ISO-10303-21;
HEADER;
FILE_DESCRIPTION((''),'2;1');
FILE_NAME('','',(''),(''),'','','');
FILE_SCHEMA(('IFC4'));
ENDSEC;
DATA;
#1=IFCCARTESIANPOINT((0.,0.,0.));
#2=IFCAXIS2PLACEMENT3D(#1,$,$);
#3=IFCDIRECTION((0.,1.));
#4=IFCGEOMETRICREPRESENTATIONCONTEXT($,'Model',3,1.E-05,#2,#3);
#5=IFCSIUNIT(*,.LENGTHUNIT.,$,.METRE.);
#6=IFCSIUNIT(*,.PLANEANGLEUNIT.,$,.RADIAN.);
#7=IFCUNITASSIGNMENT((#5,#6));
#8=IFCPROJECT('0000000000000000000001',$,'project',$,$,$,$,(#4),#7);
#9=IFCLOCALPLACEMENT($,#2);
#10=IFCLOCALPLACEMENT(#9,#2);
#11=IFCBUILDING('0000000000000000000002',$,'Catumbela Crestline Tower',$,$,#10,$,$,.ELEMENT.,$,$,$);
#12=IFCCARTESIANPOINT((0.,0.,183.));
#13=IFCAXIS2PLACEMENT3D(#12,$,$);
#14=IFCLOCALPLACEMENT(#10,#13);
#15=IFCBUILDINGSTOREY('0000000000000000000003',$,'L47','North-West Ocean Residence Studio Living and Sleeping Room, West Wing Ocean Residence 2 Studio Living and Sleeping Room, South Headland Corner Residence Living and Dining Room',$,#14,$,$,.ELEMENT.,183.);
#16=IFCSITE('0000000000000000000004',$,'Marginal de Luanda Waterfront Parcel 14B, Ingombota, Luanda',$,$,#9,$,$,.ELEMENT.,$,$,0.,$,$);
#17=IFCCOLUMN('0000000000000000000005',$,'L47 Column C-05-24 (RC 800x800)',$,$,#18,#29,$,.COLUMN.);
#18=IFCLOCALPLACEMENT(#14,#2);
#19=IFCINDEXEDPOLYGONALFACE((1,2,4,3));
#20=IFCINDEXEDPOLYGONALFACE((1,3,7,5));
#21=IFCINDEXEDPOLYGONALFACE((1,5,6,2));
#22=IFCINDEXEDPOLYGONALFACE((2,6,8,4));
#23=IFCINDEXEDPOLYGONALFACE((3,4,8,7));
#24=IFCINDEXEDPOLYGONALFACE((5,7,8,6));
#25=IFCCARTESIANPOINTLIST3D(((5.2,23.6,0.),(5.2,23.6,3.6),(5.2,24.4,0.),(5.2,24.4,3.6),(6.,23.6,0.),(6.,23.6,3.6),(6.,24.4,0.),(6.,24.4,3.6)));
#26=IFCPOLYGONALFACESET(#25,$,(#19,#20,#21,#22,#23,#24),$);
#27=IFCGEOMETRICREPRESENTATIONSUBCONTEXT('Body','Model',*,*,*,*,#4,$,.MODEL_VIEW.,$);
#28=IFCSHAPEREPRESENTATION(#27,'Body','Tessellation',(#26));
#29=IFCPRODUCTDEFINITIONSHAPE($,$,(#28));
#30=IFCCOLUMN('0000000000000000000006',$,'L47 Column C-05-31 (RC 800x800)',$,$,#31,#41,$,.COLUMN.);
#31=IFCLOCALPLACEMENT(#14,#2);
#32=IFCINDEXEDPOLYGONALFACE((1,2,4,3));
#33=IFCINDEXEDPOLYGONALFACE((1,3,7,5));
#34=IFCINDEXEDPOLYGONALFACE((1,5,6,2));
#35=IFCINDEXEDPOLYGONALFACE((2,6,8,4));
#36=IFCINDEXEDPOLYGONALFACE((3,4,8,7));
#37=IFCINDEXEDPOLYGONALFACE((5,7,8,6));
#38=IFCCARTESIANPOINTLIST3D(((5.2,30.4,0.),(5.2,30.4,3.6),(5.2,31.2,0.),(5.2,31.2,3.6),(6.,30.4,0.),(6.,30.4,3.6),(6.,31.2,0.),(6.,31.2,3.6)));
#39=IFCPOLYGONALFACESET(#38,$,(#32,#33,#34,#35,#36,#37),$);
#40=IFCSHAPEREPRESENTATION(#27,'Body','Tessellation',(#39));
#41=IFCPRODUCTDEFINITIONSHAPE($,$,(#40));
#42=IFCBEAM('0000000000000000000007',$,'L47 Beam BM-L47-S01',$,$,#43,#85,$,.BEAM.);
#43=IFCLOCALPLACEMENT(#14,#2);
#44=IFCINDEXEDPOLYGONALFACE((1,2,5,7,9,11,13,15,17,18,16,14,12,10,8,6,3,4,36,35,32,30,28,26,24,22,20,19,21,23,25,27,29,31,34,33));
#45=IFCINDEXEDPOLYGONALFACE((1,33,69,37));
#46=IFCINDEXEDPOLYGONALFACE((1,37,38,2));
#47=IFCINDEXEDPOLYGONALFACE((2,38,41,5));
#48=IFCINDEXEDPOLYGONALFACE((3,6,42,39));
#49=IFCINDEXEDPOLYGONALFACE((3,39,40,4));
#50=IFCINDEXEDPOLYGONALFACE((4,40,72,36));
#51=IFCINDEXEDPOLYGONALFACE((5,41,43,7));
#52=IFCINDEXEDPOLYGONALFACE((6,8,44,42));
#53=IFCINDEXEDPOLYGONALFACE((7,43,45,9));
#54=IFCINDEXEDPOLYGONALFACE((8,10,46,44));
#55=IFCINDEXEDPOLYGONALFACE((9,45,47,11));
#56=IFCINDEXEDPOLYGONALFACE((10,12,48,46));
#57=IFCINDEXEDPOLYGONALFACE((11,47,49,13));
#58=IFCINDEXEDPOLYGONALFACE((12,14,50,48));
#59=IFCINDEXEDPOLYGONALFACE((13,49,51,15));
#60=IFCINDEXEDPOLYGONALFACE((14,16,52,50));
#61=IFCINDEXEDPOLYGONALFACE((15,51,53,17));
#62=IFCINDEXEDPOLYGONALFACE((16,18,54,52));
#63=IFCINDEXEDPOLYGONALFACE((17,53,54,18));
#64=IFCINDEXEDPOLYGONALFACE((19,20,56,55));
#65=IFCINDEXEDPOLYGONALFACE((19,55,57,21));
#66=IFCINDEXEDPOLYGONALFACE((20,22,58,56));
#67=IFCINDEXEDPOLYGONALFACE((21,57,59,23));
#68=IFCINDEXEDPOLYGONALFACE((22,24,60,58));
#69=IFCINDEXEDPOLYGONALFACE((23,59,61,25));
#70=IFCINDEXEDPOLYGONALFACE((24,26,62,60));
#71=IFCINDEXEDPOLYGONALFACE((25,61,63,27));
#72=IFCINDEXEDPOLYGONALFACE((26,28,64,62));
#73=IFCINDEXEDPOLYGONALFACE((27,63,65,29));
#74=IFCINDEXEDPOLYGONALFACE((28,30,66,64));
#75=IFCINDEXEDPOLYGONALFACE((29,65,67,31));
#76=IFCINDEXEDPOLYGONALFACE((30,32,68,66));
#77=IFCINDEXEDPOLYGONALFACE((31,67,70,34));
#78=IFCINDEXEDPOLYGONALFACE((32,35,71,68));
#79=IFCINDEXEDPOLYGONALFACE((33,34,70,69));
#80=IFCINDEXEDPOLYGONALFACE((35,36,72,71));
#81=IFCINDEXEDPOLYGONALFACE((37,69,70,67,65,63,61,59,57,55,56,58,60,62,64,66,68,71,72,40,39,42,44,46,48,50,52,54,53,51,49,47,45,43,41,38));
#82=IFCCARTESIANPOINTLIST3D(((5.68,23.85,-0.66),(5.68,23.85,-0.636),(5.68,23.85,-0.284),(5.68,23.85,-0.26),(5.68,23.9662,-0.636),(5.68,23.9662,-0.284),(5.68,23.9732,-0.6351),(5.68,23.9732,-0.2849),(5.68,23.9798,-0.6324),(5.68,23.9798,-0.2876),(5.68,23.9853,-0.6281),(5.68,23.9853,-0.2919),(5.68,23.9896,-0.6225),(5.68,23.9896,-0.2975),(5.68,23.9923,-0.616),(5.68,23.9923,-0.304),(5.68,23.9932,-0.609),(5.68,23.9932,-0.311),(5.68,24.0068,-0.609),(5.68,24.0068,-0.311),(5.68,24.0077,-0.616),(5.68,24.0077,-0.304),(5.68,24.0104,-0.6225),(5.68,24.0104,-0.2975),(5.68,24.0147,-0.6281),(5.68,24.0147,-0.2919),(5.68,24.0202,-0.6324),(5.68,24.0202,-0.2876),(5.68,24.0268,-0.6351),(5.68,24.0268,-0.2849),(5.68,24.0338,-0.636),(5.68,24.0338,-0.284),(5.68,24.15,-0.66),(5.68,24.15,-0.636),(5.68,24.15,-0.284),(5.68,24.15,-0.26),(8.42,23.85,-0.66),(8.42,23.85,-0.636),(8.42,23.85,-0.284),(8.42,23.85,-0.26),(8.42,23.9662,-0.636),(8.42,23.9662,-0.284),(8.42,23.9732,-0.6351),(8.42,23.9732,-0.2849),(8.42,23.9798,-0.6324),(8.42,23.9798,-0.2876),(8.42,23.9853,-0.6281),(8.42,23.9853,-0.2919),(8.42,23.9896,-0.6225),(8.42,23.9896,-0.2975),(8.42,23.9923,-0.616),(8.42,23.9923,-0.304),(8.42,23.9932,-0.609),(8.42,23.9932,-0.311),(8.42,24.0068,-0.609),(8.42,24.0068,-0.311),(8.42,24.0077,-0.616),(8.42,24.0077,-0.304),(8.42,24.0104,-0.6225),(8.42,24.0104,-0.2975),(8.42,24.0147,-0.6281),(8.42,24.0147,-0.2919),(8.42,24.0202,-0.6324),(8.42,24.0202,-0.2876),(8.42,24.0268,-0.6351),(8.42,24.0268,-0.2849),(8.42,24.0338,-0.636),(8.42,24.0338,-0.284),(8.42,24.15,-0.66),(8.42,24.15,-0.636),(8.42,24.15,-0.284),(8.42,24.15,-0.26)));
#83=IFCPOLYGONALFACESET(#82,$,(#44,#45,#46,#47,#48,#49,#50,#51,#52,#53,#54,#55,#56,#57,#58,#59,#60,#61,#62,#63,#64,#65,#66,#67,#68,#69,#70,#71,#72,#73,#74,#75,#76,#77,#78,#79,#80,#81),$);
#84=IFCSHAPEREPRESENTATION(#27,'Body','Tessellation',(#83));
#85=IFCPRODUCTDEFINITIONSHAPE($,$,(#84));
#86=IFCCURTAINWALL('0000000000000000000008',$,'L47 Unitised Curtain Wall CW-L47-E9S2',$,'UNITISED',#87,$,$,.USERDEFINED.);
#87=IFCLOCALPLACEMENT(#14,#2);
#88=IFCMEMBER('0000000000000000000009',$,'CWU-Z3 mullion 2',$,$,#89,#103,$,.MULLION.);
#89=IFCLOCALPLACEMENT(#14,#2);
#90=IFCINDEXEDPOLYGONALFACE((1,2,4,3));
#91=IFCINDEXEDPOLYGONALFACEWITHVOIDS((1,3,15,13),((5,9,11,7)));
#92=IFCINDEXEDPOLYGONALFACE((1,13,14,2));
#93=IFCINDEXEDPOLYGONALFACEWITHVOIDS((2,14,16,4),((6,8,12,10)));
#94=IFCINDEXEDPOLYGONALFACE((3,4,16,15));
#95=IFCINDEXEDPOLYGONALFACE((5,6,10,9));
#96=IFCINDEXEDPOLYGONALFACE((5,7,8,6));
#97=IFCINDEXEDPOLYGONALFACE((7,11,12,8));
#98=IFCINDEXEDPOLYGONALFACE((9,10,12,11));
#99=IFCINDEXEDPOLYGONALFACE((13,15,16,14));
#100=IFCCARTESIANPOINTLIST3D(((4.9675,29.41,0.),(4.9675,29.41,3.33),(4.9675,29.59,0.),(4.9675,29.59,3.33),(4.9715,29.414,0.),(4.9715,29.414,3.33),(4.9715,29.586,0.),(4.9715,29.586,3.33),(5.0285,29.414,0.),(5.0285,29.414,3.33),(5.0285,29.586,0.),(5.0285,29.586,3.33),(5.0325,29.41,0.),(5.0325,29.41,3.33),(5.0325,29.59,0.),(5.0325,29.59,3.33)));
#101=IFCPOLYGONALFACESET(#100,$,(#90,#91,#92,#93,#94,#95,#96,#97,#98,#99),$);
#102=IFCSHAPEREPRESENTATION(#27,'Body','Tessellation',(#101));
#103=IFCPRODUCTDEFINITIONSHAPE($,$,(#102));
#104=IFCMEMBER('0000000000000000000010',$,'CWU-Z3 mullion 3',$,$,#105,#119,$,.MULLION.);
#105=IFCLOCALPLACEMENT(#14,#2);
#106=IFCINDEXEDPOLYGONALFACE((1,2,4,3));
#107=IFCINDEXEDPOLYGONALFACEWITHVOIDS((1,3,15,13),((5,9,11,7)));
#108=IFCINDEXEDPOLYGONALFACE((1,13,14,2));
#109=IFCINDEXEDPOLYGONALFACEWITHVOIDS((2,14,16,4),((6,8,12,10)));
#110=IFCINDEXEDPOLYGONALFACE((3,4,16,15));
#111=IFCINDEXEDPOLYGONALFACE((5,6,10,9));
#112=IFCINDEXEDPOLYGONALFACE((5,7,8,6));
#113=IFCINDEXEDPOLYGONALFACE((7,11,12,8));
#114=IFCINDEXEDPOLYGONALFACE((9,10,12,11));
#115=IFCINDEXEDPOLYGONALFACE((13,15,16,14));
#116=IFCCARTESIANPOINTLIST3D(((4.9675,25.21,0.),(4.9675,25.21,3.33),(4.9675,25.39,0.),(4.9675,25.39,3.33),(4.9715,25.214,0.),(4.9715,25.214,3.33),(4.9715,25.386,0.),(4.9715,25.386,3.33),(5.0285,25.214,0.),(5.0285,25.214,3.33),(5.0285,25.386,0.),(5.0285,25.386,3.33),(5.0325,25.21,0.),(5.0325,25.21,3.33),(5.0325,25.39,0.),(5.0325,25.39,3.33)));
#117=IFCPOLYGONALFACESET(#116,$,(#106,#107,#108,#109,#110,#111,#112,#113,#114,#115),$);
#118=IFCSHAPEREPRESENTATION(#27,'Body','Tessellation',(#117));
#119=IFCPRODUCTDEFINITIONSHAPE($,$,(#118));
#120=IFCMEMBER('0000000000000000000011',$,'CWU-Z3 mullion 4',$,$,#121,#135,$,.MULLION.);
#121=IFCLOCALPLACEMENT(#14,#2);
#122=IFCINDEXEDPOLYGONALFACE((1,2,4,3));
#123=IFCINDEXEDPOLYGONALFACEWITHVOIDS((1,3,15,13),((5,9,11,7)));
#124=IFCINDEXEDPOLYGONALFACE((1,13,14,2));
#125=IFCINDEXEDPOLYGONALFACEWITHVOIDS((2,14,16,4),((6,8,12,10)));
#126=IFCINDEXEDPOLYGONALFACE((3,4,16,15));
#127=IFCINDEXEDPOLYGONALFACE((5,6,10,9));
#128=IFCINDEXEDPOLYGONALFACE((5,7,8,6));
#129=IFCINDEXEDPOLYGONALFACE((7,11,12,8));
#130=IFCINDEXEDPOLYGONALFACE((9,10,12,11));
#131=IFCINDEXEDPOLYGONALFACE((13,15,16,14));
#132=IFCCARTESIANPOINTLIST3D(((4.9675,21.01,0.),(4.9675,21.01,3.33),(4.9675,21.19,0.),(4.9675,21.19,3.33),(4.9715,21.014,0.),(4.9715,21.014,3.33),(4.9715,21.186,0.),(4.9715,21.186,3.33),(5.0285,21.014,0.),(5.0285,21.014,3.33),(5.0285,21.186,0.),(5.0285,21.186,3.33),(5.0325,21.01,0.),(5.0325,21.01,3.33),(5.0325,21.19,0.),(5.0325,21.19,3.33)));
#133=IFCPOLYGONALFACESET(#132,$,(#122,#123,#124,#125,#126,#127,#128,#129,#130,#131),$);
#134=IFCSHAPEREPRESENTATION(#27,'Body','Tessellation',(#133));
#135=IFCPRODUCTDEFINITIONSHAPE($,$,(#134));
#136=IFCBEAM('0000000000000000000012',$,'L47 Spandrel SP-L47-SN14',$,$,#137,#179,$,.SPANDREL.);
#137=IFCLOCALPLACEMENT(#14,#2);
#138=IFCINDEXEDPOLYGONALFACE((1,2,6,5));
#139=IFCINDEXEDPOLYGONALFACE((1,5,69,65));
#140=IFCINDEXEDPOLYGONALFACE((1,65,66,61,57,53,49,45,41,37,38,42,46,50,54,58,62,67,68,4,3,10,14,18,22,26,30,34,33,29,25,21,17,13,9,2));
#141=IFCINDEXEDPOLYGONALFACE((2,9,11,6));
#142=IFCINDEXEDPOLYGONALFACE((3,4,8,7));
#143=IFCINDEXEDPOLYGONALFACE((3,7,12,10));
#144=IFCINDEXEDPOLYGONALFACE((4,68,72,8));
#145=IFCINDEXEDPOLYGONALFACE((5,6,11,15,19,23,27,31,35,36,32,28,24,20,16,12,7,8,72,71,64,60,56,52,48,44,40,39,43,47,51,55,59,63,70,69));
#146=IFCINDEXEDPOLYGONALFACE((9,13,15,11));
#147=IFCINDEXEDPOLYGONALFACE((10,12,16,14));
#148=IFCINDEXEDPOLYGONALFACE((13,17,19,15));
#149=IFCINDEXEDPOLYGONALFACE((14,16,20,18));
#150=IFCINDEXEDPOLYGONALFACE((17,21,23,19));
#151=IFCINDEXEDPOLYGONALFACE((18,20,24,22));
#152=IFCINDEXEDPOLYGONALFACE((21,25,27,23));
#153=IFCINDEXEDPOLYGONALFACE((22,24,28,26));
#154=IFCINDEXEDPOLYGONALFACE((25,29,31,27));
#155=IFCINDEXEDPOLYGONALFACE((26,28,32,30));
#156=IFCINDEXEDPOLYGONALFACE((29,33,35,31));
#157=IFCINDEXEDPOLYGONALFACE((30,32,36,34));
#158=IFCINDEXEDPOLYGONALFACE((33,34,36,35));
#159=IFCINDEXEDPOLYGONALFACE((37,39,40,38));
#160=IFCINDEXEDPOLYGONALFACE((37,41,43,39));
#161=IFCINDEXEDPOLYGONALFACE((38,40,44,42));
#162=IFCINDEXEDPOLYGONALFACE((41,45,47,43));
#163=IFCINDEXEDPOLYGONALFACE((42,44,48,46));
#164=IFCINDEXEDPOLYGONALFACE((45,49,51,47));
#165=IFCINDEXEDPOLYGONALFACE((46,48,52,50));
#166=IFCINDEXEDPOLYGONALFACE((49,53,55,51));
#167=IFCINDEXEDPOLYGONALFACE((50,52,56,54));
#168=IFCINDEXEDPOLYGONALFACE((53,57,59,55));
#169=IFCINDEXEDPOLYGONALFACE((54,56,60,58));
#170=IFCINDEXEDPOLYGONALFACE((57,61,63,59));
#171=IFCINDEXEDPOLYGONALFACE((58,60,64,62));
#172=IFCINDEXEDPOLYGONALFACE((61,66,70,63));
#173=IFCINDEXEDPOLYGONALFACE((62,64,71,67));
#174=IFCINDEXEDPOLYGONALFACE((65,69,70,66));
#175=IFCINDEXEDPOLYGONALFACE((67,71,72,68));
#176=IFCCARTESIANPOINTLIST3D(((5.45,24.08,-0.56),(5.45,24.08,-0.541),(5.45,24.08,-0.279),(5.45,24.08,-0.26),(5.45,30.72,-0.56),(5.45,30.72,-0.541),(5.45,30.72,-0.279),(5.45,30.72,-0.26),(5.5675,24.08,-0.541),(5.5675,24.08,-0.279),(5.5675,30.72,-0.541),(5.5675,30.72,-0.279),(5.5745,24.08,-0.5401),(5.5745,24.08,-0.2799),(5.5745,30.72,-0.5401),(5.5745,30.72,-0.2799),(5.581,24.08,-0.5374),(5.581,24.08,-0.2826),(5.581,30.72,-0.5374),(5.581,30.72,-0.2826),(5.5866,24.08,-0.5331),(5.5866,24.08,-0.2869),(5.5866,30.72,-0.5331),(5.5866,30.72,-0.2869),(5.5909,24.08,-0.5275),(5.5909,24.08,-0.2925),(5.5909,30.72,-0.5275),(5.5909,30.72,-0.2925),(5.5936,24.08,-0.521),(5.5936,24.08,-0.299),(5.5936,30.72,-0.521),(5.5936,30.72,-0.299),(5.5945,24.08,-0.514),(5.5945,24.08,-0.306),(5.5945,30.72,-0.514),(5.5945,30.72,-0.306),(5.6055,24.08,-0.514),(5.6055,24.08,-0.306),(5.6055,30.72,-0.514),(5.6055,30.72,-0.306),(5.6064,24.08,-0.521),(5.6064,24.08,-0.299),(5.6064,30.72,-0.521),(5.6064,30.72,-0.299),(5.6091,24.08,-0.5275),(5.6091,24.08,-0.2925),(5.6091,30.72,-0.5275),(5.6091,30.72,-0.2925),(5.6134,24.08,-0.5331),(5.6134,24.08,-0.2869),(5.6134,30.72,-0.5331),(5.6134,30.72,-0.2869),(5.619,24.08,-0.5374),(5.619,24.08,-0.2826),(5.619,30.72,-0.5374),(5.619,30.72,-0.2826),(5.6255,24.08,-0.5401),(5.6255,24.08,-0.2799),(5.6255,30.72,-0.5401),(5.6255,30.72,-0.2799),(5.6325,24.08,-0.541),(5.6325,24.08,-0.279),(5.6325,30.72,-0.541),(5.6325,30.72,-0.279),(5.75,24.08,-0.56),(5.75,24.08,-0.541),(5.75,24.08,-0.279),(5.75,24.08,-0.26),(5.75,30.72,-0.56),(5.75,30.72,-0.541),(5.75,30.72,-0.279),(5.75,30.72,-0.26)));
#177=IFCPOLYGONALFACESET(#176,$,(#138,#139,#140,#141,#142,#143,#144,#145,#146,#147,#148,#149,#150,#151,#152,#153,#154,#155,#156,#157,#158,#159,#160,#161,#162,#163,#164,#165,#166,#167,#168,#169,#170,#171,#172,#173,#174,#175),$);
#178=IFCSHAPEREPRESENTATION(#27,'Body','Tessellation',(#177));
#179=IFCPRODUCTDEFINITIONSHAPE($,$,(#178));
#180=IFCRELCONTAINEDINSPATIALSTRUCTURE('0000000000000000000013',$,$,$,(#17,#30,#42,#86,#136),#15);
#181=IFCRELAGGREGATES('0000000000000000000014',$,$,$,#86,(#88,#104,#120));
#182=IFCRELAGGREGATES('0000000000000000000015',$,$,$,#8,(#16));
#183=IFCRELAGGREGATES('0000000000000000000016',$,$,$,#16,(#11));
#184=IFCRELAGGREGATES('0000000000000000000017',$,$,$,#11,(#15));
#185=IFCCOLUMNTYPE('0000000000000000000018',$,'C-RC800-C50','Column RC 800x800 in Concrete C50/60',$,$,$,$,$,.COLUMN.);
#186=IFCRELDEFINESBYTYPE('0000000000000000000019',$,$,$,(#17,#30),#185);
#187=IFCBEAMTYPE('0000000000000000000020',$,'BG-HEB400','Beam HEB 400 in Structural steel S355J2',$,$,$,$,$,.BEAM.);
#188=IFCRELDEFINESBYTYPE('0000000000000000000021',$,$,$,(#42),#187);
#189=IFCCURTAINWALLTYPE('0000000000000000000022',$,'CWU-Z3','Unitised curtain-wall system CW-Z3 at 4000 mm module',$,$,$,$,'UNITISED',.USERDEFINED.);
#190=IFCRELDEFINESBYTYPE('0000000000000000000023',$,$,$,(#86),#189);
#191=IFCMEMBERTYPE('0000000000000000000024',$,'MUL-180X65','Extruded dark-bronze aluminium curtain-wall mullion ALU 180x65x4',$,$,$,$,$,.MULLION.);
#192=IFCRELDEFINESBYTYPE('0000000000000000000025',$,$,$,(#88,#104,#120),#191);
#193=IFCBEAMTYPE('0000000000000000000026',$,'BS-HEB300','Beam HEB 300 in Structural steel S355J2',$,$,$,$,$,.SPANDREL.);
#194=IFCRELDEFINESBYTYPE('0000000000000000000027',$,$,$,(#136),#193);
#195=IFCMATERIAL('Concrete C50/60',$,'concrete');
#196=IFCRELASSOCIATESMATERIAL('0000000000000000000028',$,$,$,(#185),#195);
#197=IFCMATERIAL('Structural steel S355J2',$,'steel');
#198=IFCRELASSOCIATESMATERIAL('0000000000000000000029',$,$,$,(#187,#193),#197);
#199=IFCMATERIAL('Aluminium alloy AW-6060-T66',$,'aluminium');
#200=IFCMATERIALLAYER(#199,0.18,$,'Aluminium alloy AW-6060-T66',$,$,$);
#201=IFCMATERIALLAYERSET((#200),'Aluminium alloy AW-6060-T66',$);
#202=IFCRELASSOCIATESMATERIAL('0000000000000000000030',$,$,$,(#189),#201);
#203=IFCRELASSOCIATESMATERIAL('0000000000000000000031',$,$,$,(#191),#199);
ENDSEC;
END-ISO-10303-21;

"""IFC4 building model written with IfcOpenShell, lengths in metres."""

from ifc_helpers import new_model, si_unit, direction, frame, origin, origin_2d, place, context, subcontext, project, spatial, rectangle, hollow_rectangle, i_section, extrude, material, layer, layer_set, material_profile, profile_set, type_object, element, aggregate, save


model = new_model("IFC4")

# Units and contexts
model_context = context("Model", 3, precision=1e-05, world=origin(), true_north=direction((0.0, 1.0)))
body_context = subcontext(model_context, "Body", "Model", "MODEL_VIEW")
ifc_project = project(units=[si_unit("LENGTHUNIT", "METRE"), si_unit("PLANEANGLEUNIT", "RADIAN")], contexts=[model_context])

# Site, building, storey
site_placement = place(None, origin())
site = spatial("IfcSite", under=ifc_project, at=site_placement, Name="Marginal de Luanda Waterfront Parcel 14B, Ingombota, Luanda", CompositionType="ELEMENT", RefElevation=0.0)
building_placement = place(site_placement, origin())
building = spatial("IfcBuilding", under=site, at=building_placement, Name="Catumbela Crestline Tower", CompositionType="ELEMENT")
storey_placement = place(building_placement, frame((0.0, 0.0, 183.0)))
storey = spatial("IfcBuildingStorey", under=building, at=storey_placement, Name="L47", Description="North-West Ocean Residence Studio Living and Sleeping Room, West Wing Ocean Residence 2 Studio Living and Sleeping Room, South Headland Corner Residence Living and Dining Room", CompositionType="ELEMENT", Elevation=183.0)

# Columns
ifc_material_1 = material(Name="Concrete C50/60", Category="concrete")
ifc_material_profile_1 = material_profile(ifc_material_1, rectangle(XDim=0.8, YDim=0.8, at=origin_2d()), Name="RC 800x800")
ifc_profile_set_1 = profile_set([ifc_material_profile_1], Name="Concrete C50/60")
column_type = type_object("IfcColumnType", Name="C-RC800-C50", Description="Column RC 800x800 in Concrete C50/60", PredefinedType="COLUMN", material=ifc_profile_set_1)
for number, where, z_axis, x_axis, name in (
    (1, (5.6, 24.0, 0.0), (0.0, 0.0, 1.0), (1.0, 0.0, 0.0), "L47 Column C-05-24 (RC 800x800)"),
    (2, (5.6, 30.8, 0.0), (0.0, 0.0, 1.0), (1.0, 0.0, 0.0), "L47 Column C-05-31 (RC 800x800)"),
):
    element("IfcColumn", number, at=place(storey_placement, frame(where, z_axis=z_axis, x_axis=x_axis)), inside=storey, type_object=column_type, Name=name, PredefinedType="COLUMN", context=body_context, shape_type="SweptSolid", body=[
        extrude(rectangle(XDim=0.8, YDim=0.8, at=origin_2d()), origin(), (0.0, 0.0, 1.0), 3.6),
    ])

# Beam
ifc_material_2 = material(Name="Structural steel S355J2", Category="steel")
ifc_material_profile_2 = material_profile(ifc_material_2, i_section(OverallWidth=0.3, OverallDepth=0.4, WebThickness=0.0135, FlangeThickness=0.024, FilletRadius=0.027, at=origin_2d()), Name="HEB 400")
ifc_profile_set_2 = profile_set([ifc_material_profile_2], Name="Structural steel S355J2")
beam_type_1 = type_object("IfcBeamType", Name="BG-HEB400", Description="Beam HEB 400 in Structural steel S355J2", PredefinedType="BEAM", material=ifc_profile_set_2)
beam_1_placement = place(storey_placement, frame((5.68, 24.0, -0.46), z_axis=(1.0, 0.0, 0.0), x_axis=(0.0, 1.0, 0.0)))
element("IfcBeam", 3, at=beam_1_placement, inside=storey, type_object=beam_type_1, Name="L47 Beam BM-L47-S01", PredefinedType="BEAM", context=body_context, shape_type="SweptSolid", body=[
    extrude(i_section(OverallWidth=0.3, OverallDepth=0.4, WebThickness=0.0135, FlangeThickness=0.024, FilletRadius=0.027, at=origin_2d()), origin(), (0.0, 0.0, 1.0), 2.74),
])

# Curtain wall, members
ifc_material_3 = material(Name="Aluminium alloy AW-6060-T66", Category="aluminium")
ifc_layer_1 = layer(ifc_material_3, 0.18, Name="Aluminium alloy AW-6060-T66")
ifc_layer_set_1 = layer_set([ifc_layer_1], Name="Aluminium alloy AW-6060-T66")
curtain_wall_type = type_object("IfcCurtainWallType", Name="CWU-Z3", Description="Unitised curtain-wall system CW-Z3 at 4000 mm module", ElementType="UNITISED", PredefinedType="USERDEFINED", material=ifc_layer_set_1)
curtain_wall_placement = place(storey_placement, origin())
curtain_wall = element("IfcCurtainWall", 4, at=curtain_wall_placement, inside=storey, type_object=curtain_wall_type, Name="L47 Unitised Curtain Wall CW-L47-E9S2", ObjectType="UNITISED", PredefinedType="USERDEFINED")
ifc_material_profile_3 = material_profile(ifc_material_3, hollow_rectangle(XDim=0.065, YDim=0.18, WallThickness=0.004, at=origin_2d()), Name="ALU 180x65x4")
ifc_profile_set_3 = profile_set([ifc_material_profile_3], Name="Aluminium alloy AW-6060-T66")
member_type_1 = type_object("IfcMemberType", Name="MUL-180X65", Description="Extruded dark-bronze aluminium curtain-wall mullion ALU 180x65x4", PredefinedType="MULLION", material=ifc_profile_set_3)
member_1_placement = place(storey_placement, frame((5.0, 29.5, 0.0), z_axis=(0.0, 0.0, 1.0), x_axis=(1.0, 0.0, 0.0)))
member_1 = element("IfcMember", 5, at=member_1_placement, type_object=member_type_1, Name="CWU-Z3 mullion 2", PredefinedType="MULLION", context=body_context, shape_type="SweptSolid", body=[
    extrude(hollow_rectangle(XDim=0.065, YDim=0.18, WallThickness=0.004, at=origin_2d()), origin(), (0.0, 0.0, 1.0), 3.33),
])
member_2_placement = place(storey_placement, frame((5.0, 25.3, 0.0), z_axis=(0.0, 0.0, 1.0), x_axis=(1.0, 0.0, 0.0)))
member_2 = element("IfcMember", 6, at=member_2_placement, type_object=member_type_1, Name="CWU-Z3 mullion 3", PredefinedType="MULLION", context=body_context, shape_type="SweptSolid", body=[
    extrude(hollow_rectangle(XDim=0.065, YDim=0.18, WallThickness=0.004, at=origin_2d()), origin(), (0.0, 0.0, 1.0), 3.33),
])
member_3_placement = place(storey_placement, frame((5.0, 21.1, 0.0), z_axis=(0.0, 0.0, 1.0), x_axis=(1.0, 0.0, 0.0)))
member_3 = element("IfcMember", 7, at=member_3_placement, type_object=member_type_1, Name="CWU-Z3 mullion 4", PredefinedType="MULLION", context=body_context, shape_type="SweptSolid", body=[
    extrude(hollow_rectangle(XDim=0.065, YDim=0.18, WallThickness=0.004, at=origin_2d()), origin(), (0.0, 0.0, 1.0), 3.33),
])

# Beam
ifc_material_profile_4 = material_profile(ifc_material_2, i_section(OverallWidth=0.3, OverallDepth=0.3, WebThickness=0.011, FlangeThickness=0.019, FilletRadius=0.027, at=origin_2d()), Name="HEB 300")
ifc_profile_set_4 = profile_set([ifc_material_profile_4], Name="Structural steel S355J2")
beam_type_2 = type_object("IfcBeamType", Name="BS-HEB300", Description="Beam HEB 300 in Structural steel S355J2", PredefinedType="SPANDREL", material=ifc_profile_set_4)
beam_2_placement = place(storey_placement, frame((5.6, 24.08, -0.41), z_axis=(0.0, 1.0, 0.0), x_axis=(-1.0, 0.0, 0.0)))
element("IfcBeam", 8, at=beam_2_placement, inside=storey, type_object=beam_type_2, Name="L47 Spandrel SP-L47-SN14", PredefinedType="SPANDREL", context=body_context, shape_type="SweptSolid", body=[
    extrude(i_section(OverallWidth=0.3, OverallDepth=0.3, WebThickness=0.011, FlangeThickness=0.019, FilletRadius=0.027, at=origin_2d()), origin(), (0.0, 0.0, 1.0), 6.64),
])

aggregate(curtain_wall, [member_1, member_2, member_3])

save(model, "model.ifc")
